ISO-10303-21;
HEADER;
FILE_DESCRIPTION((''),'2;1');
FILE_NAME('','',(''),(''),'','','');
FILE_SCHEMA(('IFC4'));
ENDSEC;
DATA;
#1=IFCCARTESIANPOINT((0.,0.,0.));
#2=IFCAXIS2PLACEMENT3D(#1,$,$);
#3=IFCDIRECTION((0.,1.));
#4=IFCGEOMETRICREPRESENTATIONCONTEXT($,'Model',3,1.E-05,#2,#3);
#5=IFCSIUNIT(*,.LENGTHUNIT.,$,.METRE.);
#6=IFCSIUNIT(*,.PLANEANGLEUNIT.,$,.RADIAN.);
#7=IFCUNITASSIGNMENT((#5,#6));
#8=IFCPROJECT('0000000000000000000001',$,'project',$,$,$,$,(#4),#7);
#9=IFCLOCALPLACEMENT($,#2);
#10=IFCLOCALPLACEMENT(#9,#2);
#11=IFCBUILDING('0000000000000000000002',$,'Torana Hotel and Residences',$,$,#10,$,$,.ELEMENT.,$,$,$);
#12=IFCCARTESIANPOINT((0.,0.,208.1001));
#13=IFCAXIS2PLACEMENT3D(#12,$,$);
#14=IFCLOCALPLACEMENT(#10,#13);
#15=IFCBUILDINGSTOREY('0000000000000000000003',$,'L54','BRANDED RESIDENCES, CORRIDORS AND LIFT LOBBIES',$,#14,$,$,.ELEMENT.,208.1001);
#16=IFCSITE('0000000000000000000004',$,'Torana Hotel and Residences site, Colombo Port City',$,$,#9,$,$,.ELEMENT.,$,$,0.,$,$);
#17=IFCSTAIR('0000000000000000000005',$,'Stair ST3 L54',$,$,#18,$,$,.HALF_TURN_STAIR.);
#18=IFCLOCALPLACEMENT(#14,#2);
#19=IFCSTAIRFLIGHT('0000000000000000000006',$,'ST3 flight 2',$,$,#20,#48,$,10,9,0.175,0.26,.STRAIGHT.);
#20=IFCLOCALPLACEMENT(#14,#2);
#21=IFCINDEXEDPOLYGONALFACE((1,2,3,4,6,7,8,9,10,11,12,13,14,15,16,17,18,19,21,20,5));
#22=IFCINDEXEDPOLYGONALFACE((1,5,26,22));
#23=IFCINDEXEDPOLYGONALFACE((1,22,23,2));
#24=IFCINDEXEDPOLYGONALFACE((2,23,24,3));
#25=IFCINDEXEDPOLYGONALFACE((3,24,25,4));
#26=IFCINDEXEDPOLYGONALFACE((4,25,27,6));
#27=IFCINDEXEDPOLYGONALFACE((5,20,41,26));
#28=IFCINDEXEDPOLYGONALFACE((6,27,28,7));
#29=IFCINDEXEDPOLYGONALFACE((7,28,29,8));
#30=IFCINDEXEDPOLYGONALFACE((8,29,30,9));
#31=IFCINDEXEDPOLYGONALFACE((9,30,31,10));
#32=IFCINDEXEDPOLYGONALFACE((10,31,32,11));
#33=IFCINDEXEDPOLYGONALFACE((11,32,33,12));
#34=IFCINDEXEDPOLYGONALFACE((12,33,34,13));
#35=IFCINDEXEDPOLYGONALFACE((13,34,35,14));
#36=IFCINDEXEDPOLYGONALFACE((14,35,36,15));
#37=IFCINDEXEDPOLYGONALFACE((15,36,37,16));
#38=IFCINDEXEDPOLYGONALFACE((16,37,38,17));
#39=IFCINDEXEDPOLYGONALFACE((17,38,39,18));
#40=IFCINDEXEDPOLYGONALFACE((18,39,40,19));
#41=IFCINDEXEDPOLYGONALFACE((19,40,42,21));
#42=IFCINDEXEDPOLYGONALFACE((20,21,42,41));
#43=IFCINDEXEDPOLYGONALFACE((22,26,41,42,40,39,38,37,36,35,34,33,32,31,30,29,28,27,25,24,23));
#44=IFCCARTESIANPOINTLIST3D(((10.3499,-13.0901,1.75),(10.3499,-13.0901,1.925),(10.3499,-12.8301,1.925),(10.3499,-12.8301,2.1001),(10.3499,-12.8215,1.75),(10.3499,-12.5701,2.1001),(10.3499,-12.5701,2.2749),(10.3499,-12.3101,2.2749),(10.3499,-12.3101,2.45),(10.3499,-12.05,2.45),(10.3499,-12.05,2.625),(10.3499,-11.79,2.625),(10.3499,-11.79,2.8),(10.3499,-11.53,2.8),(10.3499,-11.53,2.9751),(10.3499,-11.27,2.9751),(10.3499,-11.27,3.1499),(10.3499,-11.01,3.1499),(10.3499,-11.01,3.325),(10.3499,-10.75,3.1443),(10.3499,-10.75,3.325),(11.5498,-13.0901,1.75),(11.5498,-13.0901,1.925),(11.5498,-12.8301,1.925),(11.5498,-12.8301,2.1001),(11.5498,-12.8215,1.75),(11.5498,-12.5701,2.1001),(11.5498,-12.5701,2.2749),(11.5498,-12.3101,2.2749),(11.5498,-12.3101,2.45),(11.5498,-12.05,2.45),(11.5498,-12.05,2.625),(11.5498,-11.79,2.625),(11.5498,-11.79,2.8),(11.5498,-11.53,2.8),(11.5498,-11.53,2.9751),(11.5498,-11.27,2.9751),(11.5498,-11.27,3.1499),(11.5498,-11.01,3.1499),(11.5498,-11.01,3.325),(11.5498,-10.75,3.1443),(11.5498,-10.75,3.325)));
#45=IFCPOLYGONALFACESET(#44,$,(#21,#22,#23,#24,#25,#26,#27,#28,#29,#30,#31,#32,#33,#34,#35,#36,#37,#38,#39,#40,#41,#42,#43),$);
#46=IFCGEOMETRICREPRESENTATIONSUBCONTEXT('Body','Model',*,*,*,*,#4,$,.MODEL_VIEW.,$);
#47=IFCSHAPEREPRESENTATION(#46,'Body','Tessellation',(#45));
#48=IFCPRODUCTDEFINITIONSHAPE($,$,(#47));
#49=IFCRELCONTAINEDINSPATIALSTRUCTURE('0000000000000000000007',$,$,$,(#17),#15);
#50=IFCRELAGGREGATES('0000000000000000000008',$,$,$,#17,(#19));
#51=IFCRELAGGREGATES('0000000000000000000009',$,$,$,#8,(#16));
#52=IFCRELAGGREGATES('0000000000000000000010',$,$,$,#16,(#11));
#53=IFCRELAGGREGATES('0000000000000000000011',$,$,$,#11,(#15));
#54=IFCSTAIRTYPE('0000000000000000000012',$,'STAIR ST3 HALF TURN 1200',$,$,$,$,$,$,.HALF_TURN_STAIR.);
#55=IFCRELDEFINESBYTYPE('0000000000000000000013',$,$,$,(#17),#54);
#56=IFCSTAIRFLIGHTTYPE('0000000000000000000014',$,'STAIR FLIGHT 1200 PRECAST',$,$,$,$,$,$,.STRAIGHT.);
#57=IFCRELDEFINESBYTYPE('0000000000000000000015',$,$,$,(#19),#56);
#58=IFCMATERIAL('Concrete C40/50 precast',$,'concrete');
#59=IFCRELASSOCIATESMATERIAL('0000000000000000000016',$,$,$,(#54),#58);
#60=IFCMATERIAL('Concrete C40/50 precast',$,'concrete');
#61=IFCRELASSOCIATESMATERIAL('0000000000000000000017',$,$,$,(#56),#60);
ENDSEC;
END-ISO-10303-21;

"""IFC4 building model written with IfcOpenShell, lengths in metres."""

from ifc_helpers import new_model, si_unit, direction, frame, origin, place, context, subcontext, project, spatial, polyline, outline, extrude, material, type_object, element, aggregate, save


model = new_model("IFC4")

# Units and contexts
model_context = context("Model", 3, precision=1e-05, world=origin(), true_north=direction((0.0, 1.0)))
body_context = subcontext(model_context, "Body", "Model", "MODEL_VIEW")
ifc_project = project(units=[si_unit("LENGTHUNIT", "METRE"), si_unit("PLANEANGLEUNIT", "RADIAN")], contexts=[model_context])

# Site, building, storey
site_placement = place(None, origin())
site = spatial("IfcSite", under=ifc_project, at=site_placement, Name="Torana Hotel and Residences site, Colombo Port City", CompositionType="ELEMENT", RefElevation=0.0)
building_placement = place(site_placement, origin())
building = spatial("IfcBuilding", under=site, at=building_placement, Name="Torana Hotel and Residences", CompositionType="ELEMENT")
storey_placement = place(building_placement, frame((0.0, 0.0, 208.1001)))
storey = spatial("IfcBuildingStorey", under=building, at=storey_placement, Name="L54", Description="BRANDED RESIDENCES, CORRIDORS AND LIFT LOBBIES", CompositionType="ELEMENT", Elevation=208.1001)

# Stair, stair flight
ifc_material_1 = material(Name="Concrete C40/50 precast", Category="concrete")
stair_type = type_object("IfcStairType", Name="STAIR ST3 HALF TURN 1200", PredefinedType="HALF_TURN_STAIR", material=ifc_material_1)
stair_placement = place(storey_placement, origin())
stair = element("IfcStair", 1, at=stair_placement, inside=storey, type_object=stair_type, Name="Stair ST3 L54", PredefinedType="HALF_TURN_STAIR")
ifc_material_2 = material(Name="Concrete C40/50 precast", Category="concrete")
stair_flight_type = type_object("IfcStairFlightType", Name="STAIR FLIGHT 1200 PRECAST", PredefinedType="STRAIGHT", material=ifc_material_2)
stair_flight_1_placement = place(storey_placement, frame((10.95, -13.0901, 1.75), z_axis=(0.0, 0.0, 1.0), x_axis=(0.0, 1.0, 0.0)))
stair_flight_1 = element("IfcStairFlight", 2, at=stair_flight_1_placement, type_object=stair_flight_type, Name="ST3 flight 2", NumberOfRisers=10, NumberOfTreads=9, PredefinedType="STRAIGHT", RiserHeight=0.175, TreadLength=0.26, context=body_context, shape_type="SweptSolid", body=[
    extrude(outline(polyline([(0.0, 0.0), (0.0, 0.175), (0.26, 0.175), (0.26, 0.3501), (0.52, 0.3501), (0.52, 0.5249), (0.78, 0.5249), (0.78, 0.7), (1.04, 0.7), (1.04, 0.875), (1.3, 0.875), (1.3, 1.05), (1.5601, 1.05), (1.5601, 1.2251), (1.8201, 1.2251), (1.8201, 1.3999), (2.0801, 1.3999), (2.0801, 1.575), (2.3401, 1.575), (2.3401, 1.75), (2.3401, 1.3943), (0.2686, 0.0), (0.0, 0.0)])), frame((0.0, 0.6001, 0.0), z_axis=(0.0, -1.0, 0.0), x_axis=(1.0, 0.0, 0.0)), (0.0, 0.0, 1.0), 1.2),
])
aggregate(stair, [stair_flight_1])

save(model, "model.ifc")
